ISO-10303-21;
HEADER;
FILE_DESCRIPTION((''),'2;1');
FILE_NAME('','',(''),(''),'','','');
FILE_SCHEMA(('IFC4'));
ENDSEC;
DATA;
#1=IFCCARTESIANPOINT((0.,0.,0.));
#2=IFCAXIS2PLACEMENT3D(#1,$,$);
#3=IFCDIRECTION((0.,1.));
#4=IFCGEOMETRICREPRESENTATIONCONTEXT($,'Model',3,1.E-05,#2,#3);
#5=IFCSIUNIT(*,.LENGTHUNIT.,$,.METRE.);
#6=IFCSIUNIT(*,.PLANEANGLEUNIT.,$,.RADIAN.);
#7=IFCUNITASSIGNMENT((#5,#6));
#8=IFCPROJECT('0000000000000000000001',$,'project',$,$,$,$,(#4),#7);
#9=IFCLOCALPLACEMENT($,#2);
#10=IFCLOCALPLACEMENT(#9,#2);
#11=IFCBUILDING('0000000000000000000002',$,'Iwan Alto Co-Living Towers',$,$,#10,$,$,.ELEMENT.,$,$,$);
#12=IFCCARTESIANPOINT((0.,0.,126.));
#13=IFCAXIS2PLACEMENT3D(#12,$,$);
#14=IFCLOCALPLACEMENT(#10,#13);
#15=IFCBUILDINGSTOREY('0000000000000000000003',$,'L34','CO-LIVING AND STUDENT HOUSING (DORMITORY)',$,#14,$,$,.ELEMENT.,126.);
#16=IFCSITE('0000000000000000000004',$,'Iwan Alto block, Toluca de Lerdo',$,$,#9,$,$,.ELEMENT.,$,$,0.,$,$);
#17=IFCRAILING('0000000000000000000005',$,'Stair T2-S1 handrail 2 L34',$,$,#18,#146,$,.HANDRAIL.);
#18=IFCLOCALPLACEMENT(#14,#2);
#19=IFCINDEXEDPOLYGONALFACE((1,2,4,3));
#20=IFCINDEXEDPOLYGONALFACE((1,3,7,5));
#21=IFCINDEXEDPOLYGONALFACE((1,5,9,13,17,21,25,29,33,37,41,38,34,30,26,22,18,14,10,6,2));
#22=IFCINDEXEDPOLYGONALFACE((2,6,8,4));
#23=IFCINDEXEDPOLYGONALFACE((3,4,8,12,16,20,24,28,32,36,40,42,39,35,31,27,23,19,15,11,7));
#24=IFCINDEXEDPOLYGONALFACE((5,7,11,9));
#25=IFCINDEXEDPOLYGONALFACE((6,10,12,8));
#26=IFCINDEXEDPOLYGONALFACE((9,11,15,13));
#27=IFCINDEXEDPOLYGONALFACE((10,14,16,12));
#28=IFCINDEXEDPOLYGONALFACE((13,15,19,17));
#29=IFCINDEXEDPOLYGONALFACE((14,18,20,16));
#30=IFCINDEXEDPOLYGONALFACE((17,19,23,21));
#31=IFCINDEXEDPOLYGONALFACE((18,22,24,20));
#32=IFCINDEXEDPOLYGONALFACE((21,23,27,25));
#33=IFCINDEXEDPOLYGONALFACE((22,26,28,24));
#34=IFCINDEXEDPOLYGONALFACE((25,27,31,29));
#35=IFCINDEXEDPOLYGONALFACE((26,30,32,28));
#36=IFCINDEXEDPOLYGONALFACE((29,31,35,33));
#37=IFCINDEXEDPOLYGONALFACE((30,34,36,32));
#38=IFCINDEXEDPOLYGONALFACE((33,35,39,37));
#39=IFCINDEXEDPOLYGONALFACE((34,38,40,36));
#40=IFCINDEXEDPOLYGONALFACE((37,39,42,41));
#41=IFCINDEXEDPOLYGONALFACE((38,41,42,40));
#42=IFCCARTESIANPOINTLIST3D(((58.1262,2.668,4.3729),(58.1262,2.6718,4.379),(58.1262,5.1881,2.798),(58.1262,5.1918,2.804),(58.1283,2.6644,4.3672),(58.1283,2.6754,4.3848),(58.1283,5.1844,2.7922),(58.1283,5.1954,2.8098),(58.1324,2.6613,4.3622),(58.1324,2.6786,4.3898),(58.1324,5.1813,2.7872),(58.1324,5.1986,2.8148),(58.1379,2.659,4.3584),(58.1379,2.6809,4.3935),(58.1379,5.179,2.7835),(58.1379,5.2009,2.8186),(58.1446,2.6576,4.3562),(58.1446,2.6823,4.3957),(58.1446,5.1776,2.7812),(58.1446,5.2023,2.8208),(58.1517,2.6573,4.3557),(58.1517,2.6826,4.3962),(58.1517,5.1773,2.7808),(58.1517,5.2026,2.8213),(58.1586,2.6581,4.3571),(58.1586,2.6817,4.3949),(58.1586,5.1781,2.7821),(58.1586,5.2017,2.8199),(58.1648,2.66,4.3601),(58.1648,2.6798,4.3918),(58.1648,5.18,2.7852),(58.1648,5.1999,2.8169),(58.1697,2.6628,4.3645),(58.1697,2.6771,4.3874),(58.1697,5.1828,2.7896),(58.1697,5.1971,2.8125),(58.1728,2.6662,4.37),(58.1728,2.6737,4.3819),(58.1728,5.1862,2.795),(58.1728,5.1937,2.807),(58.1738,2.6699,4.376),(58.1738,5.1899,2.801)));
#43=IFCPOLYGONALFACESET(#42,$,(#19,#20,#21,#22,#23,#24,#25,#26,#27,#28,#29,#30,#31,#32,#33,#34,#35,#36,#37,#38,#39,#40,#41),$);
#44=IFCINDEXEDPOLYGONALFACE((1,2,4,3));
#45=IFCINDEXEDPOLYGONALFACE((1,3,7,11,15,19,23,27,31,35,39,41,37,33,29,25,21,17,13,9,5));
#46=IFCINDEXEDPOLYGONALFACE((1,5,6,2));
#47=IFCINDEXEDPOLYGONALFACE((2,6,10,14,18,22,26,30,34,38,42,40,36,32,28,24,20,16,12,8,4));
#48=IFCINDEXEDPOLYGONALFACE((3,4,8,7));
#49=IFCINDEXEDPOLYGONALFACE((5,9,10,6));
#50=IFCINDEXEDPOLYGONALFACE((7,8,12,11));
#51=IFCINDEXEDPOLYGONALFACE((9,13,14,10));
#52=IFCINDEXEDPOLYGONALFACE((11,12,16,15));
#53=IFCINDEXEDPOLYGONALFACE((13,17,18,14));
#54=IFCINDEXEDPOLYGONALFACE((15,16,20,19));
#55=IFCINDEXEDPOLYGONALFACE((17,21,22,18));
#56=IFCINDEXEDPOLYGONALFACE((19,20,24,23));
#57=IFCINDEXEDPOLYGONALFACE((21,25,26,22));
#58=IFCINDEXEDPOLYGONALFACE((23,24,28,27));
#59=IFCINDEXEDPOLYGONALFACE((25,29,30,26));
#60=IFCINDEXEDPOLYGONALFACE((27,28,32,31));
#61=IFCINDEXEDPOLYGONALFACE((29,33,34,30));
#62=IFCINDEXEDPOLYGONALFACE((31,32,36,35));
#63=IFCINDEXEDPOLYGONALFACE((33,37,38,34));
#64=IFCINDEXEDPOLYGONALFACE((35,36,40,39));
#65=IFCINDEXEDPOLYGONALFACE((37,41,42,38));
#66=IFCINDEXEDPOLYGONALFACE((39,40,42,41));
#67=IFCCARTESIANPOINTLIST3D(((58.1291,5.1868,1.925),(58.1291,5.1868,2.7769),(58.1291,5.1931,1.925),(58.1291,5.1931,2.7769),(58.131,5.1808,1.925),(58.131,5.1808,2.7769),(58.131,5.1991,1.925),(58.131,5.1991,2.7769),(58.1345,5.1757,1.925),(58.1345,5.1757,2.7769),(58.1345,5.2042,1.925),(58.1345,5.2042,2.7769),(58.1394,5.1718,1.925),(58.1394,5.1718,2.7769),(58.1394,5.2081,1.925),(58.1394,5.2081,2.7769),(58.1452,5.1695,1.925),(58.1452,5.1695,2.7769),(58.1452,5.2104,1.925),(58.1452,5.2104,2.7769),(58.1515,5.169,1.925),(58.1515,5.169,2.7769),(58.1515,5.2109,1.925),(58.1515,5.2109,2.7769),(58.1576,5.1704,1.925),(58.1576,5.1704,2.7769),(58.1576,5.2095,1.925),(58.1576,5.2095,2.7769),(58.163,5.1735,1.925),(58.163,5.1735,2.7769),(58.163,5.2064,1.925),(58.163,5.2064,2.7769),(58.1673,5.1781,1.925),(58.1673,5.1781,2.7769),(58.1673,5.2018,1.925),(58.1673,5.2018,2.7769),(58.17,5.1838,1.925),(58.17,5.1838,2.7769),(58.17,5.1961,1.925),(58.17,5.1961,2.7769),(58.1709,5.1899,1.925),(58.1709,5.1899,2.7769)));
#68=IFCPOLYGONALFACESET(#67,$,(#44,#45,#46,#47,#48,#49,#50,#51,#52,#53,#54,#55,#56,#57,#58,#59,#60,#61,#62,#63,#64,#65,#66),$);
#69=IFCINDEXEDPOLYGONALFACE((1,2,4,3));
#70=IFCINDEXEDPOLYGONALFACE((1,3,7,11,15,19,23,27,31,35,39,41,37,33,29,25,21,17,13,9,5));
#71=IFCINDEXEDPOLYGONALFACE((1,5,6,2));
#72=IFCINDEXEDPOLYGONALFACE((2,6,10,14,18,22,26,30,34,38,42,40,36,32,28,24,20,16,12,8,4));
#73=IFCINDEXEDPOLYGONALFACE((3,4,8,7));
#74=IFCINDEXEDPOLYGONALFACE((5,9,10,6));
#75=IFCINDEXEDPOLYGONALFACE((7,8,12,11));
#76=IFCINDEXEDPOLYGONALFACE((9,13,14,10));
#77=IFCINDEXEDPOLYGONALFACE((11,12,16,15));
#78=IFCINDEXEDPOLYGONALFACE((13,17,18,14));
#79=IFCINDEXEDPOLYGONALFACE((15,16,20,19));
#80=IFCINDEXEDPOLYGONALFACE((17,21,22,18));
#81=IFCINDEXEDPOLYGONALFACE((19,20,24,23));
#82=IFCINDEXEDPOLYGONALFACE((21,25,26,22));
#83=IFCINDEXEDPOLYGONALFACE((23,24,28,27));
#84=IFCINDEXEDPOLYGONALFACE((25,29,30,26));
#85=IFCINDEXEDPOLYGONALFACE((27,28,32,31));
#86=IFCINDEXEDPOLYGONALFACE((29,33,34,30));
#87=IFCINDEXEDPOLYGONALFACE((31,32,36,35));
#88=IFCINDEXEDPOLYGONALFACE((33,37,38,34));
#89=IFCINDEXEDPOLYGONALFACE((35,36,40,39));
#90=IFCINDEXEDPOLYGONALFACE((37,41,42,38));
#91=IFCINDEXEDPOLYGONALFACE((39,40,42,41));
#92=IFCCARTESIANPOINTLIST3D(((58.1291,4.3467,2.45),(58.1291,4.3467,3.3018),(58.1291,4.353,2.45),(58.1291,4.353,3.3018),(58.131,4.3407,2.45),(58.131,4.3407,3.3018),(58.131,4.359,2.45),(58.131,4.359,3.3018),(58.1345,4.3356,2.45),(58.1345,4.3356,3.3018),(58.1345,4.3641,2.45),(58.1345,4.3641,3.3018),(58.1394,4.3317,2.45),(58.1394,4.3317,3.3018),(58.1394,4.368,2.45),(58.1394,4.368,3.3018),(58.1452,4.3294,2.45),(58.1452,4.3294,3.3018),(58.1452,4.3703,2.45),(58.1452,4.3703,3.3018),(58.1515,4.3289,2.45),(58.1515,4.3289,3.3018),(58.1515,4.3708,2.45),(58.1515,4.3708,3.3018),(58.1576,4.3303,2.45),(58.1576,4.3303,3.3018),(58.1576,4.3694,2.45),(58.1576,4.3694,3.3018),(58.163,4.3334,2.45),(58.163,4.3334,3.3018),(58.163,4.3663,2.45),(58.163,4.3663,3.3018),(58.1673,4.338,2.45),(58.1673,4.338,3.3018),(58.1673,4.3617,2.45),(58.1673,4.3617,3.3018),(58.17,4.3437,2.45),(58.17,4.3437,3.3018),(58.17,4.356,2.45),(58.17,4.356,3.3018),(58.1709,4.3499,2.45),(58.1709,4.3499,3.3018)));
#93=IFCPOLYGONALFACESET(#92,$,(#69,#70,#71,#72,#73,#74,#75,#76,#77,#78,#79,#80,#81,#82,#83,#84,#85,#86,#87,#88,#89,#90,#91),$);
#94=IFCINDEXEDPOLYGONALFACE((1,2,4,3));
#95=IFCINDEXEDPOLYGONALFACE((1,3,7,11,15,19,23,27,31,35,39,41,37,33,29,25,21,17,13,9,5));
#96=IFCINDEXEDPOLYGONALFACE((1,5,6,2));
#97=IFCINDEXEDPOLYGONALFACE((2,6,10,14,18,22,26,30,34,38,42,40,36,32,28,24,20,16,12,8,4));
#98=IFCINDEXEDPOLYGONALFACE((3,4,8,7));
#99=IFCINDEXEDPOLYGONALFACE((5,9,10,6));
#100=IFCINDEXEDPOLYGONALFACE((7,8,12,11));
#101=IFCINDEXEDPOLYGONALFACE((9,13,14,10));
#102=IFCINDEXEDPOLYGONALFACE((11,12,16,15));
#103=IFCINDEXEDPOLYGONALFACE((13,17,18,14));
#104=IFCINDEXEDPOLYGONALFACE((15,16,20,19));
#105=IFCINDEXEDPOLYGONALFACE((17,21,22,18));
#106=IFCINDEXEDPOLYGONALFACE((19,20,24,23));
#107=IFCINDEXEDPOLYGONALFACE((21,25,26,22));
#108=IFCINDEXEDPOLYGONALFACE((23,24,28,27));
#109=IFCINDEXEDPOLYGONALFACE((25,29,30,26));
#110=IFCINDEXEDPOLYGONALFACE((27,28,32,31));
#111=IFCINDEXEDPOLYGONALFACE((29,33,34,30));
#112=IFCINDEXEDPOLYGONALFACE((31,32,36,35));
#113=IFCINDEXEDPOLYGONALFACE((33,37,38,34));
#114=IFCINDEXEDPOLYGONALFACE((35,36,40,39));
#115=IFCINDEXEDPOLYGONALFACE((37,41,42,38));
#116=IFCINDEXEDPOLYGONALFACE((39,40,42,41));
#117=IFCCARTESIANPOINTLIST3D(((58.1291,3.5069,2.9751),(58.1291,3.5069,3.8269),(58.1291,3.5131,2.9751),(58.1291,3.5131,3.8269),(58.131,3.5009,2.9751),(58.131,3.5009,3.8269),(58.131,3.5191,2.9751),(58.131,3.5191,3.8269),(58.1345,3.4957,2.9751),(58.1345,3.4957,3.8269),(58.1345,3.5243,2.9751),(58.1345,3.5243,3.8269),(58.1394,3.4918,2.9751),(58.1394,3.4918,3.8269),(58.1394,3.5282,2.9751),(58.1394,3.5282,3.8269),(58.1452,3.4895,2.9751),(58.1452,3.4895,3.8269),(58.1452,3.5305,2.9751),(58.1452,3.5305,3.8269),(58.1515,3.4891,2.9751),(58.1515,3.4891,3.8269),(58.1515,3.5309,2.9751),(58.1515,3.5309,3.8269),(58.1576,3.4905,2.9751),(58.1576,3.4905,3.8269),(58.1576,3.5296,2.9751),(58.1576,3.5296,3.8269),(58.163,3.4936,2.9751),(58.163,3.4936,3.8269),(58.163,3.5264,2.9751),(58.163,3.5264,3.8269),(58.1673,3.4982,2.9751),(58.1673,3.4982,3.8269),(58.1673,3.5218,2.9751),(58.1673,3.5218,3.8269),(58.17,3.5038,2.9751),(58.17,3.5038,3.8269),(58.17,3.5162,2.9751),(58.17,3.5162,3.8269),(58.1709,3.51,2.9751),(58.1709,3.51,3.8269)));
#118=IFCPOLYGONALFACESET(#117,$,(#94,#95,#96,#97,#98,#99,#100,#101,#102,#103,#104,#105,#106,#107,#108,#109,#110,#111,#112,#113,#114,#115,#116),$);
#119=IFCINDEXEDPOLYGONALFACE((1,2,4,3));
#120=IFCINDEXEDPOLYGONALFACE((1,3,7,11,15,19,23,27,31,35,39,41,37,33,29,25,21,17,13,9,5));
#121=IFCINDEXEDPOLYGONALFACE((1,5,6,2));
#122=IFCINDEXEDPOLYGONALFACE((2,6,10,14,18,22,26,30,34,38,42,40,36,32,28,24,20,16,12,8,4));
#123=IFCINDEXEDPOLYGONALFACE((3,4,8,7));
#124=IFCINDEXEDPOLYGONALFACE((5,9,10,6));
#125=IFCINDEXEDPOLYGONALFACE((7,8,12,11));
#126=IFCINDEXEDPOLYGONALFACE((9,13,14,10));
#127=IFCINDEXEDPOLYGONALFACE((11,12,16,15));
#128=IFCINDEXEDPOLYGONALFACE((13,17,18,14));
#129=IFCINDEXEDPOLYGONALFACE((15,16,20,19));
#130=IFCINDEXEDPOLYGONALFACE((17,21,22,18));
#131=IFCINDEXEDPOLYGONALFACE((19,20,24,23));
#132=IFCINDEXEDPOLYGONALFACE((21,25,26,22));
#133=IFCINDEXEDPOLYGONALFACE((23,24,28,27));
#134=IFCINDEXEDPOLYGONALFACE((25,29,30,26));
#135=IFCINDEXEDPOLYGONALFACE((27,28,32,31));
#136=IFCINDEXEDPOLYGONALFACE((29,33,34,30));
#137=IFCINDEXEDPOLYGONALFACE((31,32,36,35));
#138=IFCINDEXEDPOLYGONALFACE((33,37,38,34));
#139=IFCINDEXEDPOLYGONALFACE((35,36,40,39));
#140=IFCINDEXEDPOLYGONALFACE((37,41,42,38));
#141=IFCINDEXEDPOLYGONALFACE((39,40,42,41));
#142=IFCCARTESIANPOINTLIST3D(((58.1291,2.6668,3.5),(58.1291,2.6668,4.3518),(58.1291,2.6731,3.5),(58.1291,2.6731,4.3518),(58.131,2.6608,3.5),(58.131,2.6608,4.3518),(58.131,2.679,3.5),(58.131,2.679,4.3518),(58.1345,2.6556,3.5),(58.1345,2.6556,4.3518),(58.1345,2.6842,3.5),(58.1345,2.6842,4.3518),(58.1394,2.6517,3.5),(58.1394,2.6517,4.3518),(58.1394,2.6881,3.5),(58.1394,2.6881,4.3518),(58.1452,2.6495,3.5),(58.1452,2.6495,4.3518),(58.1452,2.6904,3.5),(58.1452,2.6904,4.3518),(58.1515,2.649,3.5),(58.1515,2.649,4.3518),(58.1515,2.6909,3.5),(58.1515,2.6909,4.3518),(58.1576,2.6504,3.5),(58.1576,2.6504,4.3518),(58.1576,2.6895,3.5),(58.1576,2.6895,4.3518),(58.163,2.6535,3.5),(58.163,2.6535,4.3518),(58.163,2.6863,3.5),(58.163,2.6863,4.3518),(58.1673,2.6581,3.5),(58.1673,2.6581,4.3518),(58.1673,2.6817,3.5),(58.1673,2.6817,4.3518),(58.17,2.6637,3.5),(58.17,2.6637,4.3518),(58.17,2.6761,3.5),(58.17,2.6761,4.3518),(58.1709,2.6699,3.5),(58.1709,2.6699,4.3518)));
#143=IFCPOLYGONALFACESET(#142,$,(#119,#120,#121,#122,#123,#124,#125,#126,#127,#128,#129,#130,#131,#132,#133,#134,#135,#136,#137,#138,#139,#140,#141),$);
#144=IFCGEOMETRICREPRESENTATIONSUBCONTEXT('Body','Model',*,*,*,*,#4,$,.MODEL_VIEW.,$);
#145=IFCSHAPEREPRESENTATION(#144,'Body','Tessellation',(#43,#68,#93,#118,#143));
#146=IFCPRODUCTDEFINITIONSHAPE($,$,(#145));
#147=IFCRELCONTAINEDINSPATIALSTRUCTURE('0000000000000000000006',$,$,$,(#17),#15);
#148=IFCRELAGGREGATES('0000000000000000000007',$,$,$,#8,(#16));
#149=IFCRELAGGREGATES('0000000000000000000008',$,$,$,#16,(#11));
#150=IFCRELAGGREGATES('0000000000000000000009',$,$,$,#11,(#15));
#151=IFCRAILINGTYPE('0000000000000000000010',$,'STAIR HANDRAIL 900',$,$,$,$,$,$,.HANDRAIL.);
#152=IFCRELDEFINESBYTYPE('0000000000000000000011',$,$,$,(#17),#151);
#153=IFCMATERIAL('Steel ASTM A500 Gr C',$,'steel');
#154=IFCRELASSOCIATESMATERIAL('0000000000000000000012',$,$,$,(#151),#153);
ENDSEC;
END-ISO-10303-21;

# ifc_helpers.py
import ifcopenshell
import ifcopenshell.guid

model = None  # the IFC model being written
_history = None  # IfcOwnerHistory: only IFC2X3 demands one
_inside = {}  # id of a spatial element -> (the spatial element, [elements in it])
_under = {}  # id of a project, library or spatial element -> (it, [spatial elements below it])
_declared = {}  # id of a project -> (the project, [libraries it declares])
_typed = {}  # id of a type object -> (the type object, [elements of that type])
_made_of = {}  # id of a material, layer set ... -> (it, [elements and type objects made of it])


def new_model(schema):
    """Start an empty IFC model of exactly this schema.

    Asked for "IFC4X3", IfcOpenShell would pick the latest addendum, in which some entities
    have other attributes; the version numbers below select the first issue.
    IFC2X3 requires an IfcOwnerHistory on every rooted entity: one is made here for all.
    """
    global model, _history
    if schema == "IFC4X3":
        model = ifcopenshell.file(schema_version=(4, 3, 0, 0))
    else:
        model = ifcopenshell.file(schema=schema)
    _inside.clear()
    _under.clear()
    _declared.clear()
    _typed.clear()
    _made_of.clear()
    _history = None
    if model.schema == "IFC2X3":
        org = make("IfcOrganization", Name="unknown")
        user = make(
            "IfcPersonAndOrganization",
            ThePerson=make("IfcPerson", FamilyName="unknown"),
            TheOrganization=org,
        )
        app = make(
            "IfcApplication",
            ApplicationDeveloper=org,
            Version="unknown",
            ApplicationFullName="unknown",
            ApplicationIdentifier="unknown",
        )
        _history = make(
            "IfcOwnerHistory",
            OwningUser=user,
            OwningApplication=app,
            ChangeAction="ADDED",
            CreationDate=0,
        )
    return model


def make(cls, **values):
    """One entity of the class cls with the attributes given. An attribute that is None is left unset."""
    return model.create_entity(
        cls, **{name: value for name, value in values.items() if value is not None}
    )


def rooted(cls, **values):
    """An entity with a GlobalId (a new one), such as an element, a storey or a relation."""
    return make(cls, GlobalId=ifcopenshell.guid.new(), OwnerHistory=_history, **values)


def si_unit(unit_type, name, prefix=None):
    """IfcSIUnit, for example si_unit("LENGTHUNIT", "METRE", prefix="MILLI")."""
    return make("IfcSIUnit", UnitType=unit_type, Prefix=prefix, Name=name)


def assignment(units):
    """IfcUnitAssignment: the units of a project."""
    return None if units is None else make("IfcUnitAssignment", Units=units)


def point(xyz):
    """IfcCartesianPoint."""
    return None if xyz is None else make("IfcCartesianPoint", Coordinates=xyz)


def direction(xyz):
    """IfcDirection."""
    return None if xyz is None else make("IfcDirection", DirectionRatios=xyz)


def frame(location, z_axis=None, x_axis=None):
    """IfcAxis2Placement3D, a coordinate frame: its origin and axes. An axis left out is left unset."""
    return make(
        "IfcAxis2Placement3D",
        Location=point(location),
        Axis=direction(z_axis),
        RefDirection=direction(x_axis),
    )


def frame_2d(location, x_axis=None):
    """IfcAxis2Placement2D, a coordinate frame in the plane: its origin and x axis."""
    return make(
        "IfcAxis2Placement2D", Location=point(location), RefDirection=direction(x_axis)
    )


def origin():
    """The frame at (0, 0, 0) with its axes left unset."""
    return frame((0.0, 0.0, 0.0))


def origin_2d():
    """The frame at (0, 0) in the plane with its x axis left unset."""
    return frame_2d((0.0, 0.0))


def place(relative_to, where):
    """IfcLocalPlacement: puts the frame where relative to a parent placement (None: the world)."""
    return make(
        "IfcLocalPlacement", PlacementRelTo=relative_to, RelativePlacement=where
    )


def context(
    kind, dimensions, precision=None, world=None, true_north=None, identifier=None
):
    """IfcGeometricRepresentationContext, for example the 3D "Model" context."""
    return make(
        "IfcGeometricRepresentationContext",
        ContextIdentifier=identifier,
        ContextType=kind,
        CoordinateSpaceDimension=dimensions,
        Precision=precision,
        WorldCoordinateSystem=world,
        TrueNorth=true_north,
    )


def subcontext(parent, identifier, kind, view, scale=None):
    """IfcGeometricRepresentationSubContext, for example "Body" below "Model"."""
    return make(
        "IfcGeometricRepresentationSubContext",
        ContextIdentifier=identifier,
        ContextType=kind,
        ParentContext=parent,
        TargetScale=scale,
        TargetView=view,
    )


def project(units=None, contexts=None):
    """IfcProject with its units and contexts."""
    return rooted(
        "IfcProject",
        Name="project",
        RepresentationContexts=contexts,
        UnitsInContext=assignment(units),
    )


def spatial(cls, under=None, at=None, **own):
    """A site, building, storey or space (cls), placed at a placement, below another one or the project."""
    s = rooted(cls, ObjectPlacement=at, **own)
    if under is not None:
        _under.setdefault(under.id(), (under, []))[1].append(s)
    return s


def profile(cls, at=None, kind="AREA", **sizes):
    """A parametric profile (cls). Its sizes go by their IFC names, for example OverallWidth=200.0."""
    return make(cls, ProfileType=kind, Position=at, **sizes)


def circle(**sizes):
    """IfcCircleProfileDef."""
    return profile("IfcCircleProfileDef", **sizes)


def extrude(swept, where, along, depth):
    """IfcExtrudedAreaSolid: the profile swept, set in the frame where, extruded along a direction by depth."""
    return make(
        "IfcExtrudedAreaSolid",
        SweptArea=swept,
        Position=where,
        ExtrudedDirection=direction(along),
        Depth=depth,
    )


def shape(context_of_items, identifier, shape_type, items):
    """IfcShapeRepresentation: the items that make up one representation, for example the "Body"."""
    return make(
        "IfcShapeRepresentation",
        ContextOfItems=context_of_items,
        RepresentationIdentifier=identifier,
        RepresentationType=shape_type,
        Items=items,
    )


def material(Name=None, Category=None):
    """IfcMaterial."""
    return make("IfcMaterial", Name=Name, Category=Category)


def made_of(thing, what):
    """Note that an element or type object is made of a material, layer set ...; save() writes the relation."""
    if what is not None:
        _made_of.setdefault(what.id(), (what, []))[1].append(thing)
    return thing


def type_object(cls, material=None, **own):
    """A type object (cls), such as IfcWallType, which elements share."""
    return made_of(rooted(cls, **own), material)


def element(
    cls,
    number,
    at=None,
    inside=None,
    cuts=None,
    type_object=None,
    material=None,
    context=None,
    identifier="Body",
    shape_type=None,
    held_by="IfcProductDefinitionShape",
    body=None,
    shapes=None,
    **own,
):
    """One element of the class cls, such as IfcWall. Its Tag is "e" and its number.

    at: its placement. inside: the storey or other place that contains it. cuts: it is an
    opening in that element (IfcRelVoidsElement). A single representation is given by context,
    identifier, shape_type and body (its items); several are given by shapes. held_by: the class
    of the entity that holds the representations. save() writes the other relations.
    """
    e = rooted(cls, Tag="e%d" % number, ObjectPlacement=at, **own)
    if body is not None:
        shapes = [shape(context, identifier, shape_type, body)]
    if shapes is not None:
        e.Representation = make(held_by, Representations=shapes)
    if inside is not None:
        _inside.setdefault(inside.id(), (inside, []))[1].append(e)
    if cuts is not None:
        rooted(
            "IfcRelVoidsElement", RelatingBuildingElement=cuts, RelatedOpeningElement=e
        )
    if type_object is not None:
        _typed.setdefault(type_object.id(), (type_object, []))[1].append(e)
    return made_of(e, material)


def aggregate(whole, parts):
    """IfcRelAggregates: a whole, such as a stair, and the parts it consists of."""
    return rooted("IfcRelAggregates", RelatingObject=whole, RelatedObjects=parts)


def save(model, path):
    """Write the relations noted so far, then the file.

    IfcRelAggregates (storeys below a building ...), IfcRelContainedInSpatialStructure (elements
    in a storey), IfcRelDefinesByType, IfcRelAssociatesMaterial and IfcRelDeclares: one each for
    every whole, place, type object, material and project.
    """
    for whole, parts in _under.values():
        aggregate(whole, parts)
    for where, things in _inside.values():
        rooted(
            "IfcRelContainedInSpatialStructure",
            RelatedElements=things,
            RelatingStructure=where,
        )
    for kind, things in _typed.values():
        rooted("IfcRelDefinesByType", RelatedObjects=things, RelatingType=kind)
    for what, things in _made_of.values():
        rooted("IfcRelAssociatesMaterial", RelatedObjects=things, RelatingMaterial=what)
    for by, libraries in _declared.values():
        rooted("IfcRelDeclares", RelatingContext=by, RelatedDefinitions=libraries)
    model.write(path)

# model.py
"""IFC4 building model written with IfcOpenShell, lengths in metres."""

from ifc_helpers import new_model, si_unit, direction, frame, origin, origin_2d, place, context, subcontext, project, spatial, circle, extrude, material, type_object, element, save


model = new_model("IFC4")

# Units and contexts
model_context = context("Model", 3, precision=1e-05, world=origin(), true_north=direction((0.0, 1.0)))
body_context = subcontext(model_context, "Body", "Model", "MODEL_VIEW")
ifc_project = project(units=[si_unit("LENGTHUNIT", "METRE"), si_unit("PLANEANGLEUNIT", "RADIAN")], contexts=[model_context])

# Site, building, storey
site_placement = place(None, origin())
site = spatial("IfcSite", under=ifc_project, at=site_placement, Name="Iwan Alto block, Toluca de Lerdo", CompositionType="ELEMENT", RefElevation=0.0)
building_placement = place(site_placement, origin())
building = spatial("IfcBuilding", under=site, at=building_placement, Name="Iwan Alto Co-Living Towers", CompositionType="ELEMENT")
storey_placement = place(building_placement, frame((0.0, 0.0, 126.0)))
storey = spatial("IfcBuildingStorey", under=building, at=storey_placement, Name="L34", Description="CO-LIVING AND STUDENT HOUSING (DORMITORY)", CompositionType="ELEMENT", Elevation=126.0)

# Railing
ifc_material_1 = material(Name="Steel ASTM A500 Gr C", Category="steel")
railing_type_1 = type_object("IfcRailingType", Name="STAIR HANDRAIL 900", PredefinedType="HANDRAIL", material=ifc_material_1)
railing_1_placement = place(storey_placement, frame((58.1499, 5.1899, 1.925)))
element("IfcRailing", 1, at=railing_1_placement, inside=storey, type_object=railing_type_1, Name="Stair T2-S1 handrail 2 L34", PredefinedType="HANDRAIL", context=body_context, shape_type="SweptSolid", body=[
    extrude(circle(Radius=0.0239, at=origin_2d()), frame((0.0, 0.0, 0.876), z_axis=(0.0, -0.848008, 0.529984), x_axis=(1.0, 0.0, 0.0)), (0.0, 0.0, 1.0), 2.9717),
    extrude(circle(Radius=0.021, at=origin_2d()), origin(), (0.0, 0.0, 1.0), 0.8518),
    extrude(circle(Radius=0.021, at=origin_2d()), frame((0.0, -0.8401, 0.5249)), (0.0, 0.0, 1.0), 0.8518),
    extrude(circle(Radius=0.021, at=origin_2d()), frame((0.0, -1.6799, 1.05)), (0.0, 0.0, 1.0), 0.8518),
    extrude(circle(Radius=0.021, at=origin_2d()), frame((0.0, -2.52, 1.575)), (0.0, 0.0, 1.0), 0.8518),
])

save(model, "model.ifc")
